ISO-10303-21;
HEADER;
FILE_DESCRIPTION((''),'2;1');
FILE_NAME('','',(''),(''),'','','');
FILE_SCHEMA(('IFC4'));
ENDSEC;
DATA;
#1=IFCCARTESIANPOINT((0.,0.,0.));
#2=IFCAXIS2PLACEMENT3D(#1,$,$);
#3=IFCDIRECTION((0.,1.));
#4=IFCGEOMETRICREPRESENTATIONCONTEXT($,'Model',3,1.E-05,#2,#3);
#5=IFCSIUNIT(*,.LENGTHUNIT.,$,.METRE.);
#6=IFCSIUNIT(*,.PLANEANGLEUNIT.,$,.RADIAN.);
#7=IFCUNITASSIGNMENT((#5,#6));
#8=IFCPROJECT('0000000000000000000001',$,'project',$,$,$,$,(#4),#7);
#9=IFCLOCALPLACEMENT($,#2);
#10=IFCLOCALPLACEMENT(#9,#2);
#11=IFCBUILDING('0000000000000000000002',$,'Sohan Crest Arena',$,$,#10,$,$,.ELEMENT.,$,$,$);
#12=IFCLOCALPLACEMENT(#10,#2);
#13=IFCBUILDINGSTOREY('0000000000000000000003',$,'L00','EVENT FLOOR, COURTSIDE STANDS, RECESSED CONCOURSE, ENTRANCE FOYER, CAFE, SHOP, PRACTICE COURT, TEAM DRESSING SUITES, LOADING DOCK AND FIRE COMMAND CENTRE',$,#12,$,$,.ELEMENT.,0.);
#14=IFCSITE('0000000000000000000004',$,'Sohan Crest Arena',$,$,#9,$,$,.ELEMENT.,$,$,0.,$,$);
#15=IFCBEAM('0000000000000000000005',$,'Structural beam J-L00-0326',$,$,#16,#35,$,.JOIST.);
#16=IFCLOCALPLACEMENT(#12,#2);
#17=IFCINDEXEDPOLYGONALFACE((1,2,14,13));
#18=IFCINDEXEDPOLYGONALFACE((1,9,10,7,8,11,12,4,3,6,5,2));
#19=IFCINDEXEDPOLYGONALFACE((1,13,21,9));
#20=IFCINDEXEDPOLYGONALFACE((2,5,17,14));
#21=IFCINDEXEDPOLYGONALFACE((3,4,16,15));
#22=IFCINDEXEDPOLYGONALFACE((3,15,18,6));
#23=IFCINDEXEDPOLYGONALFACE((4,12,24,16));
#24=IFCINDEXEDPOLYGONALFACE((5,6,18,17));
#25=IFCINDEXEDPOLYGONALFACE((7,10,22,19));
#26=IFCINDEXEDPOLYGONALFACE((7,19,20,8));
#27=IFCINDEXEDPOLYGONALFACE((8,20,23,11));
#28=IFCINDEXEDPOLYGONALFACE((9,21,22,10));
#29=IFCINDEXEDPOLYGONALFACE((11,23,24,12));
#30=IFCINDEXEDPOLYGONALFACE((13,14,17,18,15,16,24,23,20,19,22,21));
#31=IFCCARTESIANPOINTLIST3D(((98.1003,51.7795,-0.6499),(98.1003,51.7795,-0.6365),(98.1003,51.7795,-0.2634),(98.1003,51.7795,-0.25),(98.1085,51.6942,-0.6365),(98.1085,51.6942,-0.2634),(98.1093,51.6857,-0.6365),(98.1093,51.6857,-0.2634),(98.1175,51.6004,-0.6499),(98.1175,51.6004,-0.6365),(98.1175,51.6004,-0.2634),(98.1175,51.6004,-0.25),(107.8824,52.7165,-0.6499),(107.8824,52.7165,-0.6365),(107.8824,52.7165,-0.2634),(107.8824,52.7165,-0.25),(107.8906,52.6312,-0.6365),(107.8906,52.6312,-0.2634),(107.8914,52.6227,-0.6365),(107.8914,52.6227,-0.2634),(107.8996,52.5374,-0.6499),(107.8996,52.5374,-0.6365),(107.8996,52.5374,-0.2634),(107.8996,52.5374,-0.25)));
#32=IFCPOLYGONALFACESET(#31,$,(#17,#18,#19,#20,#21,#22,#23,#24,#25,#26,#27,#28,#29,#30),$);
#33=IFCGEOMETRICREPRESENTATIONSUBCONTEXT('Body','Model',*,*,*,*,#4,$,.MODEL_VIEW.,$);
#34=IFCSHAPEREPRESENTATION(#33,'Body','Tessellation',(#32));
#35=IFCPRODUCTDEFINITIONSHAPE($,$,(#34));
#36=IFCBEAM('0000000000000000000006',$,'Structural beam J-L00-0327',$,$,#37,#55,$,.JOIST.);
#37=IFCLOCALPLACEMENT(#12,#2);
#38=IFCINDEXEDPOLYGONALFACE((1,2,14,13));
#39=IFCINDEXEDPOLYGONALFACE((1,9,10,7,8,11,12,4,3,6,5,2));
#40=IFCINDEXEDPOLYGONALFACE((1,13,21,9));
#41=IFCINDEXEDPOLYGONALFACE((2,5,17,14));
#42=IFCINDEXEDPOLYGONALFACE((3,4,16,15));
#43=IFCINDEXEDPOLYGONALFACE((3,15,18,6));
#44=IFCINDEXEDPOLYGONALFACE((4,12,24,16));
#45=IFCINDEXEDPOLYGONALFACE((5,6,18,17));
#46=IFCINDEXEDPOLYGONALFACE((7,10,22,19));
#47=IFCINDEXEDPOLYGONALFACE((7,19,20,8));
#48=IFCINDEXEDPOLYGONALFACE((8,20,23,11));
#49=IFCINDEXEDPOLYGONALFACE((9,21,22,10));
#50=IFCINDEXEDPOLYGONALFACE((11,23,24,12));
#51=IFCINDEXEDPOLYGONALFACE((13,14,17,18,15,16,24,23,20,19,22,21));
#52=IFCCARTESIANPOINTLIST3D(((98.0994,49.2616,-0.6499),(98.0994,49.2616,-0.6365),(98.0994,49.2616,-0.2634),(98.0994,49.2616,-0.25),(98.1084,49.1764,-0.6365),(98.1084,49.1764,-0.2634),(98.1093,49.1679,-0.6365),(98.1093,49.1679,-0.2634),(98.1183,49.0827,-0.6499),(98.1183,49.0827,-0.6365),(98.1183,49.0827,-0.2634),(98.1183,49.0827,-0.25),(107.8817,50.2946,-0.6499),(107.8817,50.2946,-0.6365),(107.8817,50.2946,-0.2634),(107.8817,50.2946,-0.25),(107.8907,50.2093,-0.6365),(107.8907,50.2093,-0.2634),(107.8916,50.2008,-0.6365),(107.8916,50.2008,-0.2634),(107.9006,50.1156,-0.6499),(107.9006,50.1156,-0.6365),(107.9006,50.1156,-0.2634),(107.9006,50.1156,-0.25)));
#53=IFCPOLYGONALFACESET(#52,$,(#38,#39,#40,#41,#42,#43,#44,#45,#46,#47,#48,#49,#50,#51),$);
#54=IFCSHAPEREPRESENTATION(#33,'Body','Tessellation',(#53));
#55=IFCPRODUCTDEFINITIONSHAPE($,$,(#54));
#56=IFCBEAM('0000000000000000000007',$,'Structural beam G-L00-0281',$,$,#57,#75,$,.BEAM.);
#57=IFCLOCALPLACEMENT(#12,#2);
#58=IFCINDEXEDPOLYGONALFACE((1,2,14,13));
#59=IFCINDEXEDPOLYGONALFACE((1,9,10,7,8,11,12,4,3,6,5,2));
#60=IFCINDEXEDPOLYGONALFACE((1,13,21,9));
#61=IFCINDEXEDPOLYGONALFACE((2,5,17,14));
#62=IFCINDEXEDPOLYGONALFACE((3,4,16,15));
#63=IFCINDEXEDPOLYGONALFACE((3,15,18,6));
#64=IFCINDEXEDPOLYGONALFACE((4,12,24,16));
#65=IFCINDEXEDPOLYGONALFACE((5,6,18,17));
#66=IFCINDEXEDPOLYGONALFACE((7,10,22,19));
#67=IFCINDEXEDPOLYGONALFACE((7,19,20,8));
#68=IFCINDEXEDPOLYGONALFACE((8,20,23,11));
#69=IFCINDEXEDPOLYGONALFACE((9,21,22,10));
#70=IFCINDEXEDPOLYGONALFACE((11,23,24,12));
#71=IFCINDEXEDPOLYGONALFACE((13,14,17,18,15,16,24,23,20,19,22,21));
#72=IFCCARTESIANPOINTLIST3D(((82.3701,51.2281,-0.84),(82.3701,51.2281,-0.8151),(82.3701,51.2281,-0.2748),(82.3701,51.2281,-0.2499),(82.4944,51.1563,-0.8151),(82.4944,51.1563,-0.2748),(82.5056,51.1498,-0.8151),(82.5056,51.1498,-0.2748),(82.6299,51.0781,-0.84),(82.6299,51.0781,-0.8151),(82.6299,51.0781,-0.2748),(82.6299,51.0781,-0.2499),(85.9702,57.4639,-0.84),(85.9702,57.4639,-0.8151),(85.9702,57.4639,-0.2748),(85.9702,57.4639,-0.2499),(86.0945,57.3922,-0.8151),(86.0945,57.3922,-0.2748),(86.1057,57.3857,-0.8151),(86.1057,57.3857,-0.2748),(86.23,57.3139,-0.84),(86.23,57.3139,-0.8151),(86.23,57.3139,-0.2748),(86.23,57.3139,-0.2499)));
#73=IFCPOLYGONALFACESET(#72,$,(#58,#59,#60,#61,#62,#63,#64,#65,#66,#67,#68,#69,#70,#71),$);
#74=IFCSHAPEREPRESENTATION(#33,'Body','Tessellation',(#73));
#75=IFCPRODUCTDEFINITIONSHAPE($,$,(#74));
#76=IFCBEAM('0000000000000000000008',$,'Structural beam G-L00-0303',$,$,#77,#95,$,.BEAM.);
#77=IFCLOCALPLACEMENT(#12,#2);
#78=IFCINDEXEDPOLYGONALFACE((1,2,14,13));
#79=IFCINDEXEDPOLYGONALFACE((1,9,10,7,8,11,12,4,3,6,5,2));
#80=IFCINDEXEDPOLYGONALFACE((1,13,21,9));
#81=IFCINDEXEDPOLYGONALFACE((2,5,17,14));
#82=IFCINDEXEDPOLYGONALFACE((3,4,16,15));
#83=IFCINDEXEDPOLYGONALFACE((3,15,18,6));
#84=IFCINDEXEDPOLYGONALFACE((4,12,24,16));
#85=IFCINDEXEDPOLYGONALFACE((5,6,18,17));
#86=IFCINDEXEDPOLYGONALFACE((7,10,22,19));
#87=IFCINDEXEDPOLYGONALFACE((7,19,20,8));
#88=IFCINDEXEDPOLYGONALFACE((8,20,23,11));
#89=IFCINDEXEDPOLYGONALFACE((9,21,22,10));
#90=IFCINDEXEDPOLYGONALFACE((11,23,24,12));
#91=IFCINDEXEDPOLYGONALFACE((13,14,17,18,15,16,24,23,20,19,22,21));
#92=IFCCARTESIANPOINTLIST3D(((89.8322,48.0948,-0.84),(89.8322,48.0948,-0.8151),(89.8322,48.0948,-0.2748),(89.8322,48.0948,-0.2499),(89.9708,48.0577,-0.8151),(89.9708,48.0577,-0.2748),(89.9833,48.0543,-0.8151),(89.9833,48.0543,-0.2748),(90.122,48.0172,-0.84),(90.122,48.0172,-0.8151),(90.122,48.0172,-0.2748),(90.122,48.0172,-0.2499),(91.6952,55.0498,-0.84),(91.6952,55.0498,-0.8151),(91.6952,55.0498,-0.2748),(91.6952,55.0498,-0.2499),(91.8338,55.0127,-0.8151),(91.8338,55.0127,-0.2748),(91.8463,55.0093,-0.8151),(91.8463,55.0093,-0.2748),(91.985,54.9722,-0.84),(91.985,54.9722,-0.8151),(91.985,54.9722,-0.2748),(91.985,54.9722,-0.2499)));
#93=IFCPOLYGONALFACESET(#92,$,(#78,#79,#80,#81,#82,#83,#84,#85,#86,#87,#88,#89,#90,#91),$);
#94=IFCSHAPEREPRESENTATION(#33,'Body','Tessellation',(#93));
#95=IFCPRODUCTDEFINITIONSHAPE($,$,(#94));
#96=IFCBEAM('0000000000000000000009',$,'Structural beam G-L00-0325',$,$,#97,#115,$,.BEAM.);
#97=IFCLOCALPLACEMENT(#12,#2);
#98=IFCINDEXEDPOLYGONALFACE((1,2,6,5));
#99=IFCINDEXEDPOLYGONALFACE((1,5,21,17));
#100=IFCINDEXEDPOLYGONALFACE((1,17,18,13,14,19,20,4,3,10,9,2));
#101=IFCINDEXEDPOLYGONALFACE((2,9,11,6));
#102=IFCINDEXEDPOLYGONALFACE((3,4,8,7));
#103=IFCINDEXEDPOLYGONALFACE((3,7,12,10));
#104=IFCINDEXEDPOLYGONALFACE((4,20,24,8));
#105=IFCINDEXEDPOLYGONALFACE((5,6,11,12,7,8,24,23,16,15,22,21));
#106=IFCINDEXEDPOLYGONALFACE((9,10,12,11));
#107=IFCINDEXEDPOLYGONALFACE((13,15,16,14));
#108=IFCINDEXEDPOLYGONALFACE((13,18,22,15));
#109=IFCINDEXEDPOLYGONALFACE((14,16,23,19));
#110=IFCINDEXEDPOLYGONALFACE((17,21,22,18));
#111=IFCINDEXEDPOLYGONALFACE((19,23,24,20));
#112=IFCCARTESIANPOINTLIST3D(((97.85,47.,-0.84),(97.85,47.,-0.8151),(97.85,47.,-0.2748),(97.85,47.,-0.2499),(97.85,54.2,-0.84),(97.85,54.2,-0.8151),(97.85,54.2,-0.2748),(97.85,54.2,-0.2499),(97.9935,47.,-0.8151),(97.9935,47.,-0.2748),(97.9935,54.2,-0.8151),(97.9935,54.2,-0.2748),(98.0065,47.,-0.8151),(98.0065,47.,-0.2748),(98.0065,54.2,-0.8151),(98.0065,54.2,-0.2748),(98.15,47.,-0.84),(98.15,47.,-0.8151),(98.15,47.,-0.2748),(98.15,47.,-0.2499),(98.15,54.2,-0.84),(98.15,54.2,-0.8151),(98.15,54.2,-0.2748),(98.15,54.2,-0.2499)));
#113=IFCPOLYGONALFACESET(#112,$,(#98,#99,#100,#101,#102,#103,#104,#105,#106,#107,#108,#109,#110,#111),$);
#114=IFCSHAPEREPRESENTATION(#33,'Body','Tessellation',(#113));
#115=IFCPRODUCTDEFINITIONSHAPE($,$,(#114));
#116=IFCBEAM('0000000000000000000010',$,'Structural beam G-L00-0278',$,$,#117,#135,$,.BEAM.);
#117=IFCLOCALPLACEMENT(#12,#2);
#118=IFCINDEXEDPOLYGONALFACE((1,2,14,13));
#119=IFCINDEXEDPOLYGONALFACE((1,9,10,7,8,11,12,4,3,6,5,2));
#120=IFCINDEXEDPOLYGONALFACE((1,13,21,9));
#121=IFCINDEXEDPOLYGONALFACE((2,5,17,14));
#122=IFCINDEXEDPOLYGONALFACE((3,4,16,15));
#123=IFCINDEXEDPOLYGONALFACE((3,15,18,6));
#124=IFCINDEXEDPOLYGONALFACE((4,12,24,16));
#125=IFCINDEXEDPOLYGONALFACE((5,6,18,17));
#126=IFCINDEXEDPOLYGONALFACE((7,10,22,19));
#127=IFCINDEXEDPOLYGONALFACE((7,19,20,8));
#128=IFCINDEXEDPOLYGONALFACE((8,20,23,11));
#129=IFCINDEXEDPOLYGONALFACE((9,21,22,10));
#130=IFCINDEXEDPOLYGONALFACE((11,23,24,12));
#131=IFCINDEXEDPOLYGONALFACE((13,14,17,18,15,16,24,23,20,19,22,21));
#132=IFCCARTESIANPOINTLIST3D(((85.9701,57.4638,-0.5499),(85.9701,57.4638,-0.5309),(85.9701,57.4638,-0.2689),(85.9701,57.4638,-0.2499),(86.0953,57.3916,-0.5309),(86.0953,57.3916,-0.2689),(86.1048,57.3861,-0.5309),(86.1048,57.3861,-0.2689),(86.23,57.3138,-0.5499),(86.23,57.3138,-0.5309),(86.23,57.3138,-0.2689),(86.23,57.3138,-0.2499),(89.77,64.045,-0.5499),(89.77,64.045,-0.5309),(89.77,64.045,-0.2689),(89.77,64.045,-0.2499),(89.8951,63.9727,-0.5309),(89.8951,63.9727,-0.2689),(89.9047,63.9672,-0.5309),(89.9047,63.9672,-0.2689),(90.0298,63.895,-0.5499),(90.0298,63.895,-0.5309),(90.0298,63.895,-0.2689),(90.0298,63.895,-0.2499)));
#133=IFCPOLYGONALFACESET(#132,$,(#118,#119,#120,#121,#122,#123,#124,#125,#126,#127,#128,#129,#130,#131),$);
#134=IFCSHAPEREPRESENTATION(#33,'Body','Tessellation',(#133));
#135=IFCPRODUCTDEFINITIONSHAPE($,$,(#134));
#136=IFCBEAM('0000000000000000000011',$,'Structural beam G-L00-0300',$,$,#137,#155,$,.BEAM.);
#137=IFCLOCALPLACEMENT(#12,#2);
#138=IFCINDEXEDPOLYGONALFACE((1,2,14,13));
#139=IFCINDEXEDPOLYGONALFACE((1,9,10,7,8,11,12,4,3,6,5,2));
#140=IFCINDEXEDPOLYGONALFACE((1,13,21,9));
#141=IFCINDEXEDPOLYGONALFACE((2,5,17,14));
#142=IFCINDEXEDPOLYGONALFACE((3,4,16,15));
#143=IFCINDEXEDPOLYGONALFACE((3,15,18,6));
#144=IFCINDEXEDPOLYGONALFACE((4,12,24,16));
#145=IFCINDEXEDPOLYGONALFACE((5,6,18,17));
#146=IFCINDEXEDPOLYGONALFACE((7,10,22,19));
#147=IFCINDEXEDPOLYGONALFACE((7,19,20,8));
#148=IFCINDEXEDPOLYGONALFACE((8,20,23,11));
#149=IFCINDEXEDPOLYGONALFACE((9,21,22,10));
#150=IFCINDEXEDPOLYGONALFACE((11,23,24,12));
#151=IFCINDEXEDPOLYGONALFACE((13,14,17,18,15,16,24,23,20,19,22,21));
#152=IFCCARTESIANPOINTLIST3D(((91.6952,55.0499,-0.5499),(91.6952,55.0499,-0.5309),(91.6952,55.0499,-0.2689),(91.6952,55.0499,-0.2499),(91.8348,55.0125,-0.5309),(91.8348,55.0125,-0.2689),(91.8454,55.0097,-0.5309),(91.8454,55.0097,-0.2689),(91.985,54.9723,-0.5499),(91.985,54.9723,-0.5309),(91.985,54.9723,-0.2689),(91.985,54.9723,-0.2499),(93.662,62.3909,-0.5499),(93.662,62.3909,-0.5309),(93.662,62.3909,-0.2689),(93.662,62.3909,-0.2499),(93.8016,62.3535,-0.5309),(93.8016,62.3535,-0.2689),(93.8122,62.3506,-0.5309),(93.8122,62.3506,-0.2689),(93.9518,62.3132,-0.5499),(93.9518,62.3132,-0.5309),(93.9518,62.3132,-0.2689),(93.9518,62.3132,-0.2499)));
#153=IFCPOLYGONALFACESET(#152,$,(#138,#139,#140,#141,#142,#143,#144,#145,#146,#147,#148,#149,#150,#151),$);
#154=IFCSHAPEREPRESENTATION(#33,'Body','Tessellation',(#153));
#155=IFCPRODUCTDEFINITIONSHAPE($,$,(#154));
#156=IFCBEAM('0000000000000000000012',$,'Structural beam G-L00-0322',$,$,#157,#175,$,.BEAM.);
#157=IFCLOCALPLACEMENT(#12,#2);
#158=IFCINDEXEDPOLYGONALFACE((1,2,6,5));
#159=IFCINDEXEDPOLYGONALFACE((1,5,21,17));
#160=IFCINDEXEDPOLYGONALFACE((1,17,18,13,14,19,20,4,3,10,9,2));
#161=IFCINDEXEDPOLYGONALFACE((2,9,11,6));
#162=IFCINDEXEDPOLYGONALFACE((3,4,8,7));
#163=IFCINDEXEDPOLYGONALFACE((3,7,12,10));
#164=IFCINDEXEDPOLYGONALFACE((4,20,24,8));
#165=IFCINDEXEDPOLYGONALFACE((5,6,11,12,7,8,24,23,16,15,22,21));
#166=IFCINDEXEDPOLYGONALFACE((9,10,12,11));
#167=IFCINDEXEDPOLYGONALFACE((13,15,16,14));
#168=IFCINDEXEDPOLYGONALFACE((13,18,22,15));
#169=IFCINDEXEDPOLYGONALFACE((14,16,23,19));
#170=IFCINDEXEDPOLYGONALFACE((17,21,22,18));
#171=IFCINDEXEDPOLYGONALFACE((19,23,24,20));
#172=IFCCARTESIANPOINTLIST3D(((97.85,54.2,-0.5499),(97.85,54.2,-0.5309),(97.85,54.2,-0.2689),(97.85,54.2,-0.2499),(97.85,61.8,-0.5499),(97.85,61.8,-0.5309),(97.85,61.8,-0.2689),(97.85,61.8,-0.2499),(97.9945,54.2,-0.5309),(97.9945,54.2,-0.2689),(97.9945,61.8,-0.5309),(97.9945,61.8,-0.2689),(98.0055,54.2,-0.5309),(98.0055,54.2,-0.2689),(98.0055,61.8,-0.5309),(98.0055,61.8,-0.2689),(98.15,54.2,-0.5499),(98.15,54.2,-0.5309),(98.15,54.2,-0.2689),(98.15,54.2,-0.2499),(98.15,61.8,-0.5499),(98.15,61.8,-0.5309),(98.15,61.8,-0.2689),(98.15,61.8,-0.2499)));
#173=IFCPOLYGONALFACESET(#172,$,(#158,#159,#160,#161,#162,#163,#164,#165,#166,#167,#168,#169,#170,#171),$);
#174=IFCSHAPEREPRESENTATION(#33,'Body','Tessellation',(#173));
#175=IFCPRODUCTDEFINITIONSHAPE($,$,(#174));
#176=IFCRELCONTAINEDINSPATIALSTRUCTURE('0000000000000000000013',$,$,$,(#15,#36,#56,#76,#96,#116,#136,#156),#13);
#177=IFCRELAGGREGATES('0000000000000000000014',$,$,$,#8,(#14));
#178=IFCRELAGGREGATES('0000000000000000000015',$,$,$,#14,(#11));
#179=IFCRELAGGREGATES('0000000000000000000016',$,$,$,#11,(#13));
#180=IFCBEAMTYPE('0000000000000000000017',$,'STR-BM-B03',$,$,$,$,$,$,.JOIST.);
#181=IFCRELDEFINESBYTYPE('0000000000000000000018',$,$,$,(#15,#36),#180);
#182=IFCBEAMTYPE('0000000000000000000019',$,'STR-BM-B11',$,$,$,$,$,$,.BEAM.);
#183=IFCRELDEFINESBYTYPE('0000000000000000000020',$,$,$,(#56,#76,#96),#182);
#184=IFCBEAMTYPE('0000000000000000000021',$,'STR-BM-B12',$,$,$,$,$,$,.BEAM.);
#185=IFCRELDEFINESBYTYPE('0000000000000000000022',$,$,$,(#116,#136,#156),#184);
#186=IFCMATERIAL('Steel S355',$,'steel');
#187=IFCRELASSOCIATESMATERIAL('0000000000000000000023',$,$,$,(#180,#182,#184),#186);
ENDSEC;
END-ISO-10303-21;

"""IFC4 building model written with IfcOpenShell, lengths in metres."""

from ifc_helpers import new_model, si_unit, direction, frame, origin, origin_2d, place, context, subcontext, project, spatial, i_section, extrude, material, material_profile, profile_set, type_object, element, save


model = new_model("IFC4")

# Units and contexts
model_context = context("Model", 3, precision=1e-05, world=origin(), true_north=direction((0.0, 1.0)))
body_context = subcontext(model_context, "Body", "Model", "MODEL_VIEW")
ifc_project = project(units=[si_unit("LENGTHUNIT", "METRE"), si_unit("PLANEANGLEUNIT", "RADIAN")], contexts=[model_context])

# Site, building, storey
site_placement = place(None, origin())
site = spatial("IfcSite", under=ifc_project, at=site_placement, Name="Sohan Crest Arena", CompositionType="ELEMENT", RefElevation=0.0)
building_placement = place(site_placement, origin())
building = spatial("IfcBuilding", under=site, at=building_placement, Name="Sohan Crest Arena", CompositionType="ELEMENT")
storey_placement = place(building_placement, origin())
storey = spatial("IfcBuildingStorey", under=building, at=storey_placement, Name="L00", Description="EVENT FLOOR, COURTSIDE STANDS, RECESSED CONCOURSE, ENTRANCE FOYER, CAFE, SHOP, PRACTICE COURT, TEAM DRESSING SUITES, LOADING DOCK AND FIRE COMMAND CENTRE", CompositionType="ELEMENT", Elevation=0.0)

# Beams
ifc_material_1 = material(Name="Steel S355", Category="steel")
ifc_material_profile_1 = material_profile(ifc_material_1, i_section(OverallWidth=0.1799, OverallDepth=0.3999, WebThickness=0.0085, FlangeThickness=0.0134, at=origin_2d()), Name="IPE 400")
ifc_profile_set_1 = profile_set([ifc_material_profile_1], Name="Steel S355")
beam_type_1 = type_object("IfcBeamType", Name="STR-BM-B03", PredefinedType="JOIST", material=ifc_profile_set_1)
beam_1_placement = place(storey_placement, frame((98.1089, 51.6899, -0.45), z_axis=(0.995444, 0.095351, 0.0), x_axis=(-0.095351, 0.995444, 0.0)))
element("IfcBeam", 1, at=beam_1_placement, inside=storey, type_object=beam_type_1, Name="Structural beam J-L00-0326", PredefinedType="JOIST", context=body_context, shape_type="SweptSolid", body=[
    extrude(i_section(OverallWidth=0.1799, OverallDepth=0.3999, WebThickness=0.0085, FlangeThickness=0.0134, at=origin_2d()), origin(), (0.0, 0.0, 1.0), 9.8269),
])
beam_2_placement = place(storey_placement, frame((98.1089, 49.1721, -0.45), z_axis=(0.994471, 0.105012, 0.0), x_axis=(-0.105012, 0.994471, 0.0)))
element("IfcBeam", 2, at=beam_2_placement, inside=storey, type_object=beam_type_1, Name="Structural beam J-L00-0327", PredefinedType="JOIST", context=body_context, shape_type="SweptSolid", body=[
    extrude(i_section(OverallWidth=0.1799, OverallDepth=0.3999, WebThickness=0.0085, FlangeThickness=0.0134, at=origin_2d()), origin(), (0.0, 0.0, 1.0), 9.8367),
])
ifc_material_profile_2 = material_profile(ifc_material_1, i_section(OverallWidth=0.3, OverallDepth=0.5901, WebThickness=0.0129, FlangeThickness=0.0249, at=origin_2d()), Name="HEA 600")
ifc_profile_set_2 = profile_set([ifc_material_profile_2], Name="Steel S355")
beam_type_2 = type_object("IfcBeamType", Name="STR-BM-B11", PredefinedType="BEAM", material=ifc_profile_set_2)
beam_3_placement = place(storey_placement, frame((86.1001, 57.3889, -0.5449), z_axis=(-0.499983, -0.866035, 0.0), x_axis=(0.866035, -0.499983, 0.0)))
element("IfcBeam", 3, at=beam_3_placement, inside=storey, type_object=beam_type_2, Name="Structural beam G-L00-0281", PredefinedType="BEAM", context=body_context, shape_type="SweptSolid", body=[
    extrude(i_section(OverallWidth=0.3, OverallDepth=0.5901, WebThickness=0.0129, FlangeThickness=0.0249, at=origin_2d()), origin(), (0.0, 0.0, 1.0), 7.2004),
])
beam_4_placement = place(storey_placement, frame((91.8401, 55.011, -0.5449), z_axis=(-0.258745, -0.965946, 0.0), x_axis=(0.965946, -0.258745, 0.0)))
element("IfcBeam", 4, at=beam_4_placement, inside=storey, type_object=beam_type_2, Name="Structural beam G-L00-0303", PredefinedType="BEAM", context=body_context, shape_type="SweptSolid", body=[
    extrude(i_section(OverallWidth=0.3, OverallDepth=0.5901, WebThickness=0.0129, FlangeThickness=0.0249, at=origin_2d()), origin(), (0.0, 0.0, 1.0), 7.2002),
])
beam_5_placement = place(storey_placement, frame((98.0, 54.2, -0.5449), z_axis=(0.0, -1.0, 0.0), x_axis=(1.0, 0.0, 0.0)))
element("IfcBeam", 5, at=beam_5_placement, inside=storey, type_object=beam_type_2, Name="Structural beam G-L00-0325", PredefinedType="BEAM", context=body_context, shape_type="SweptSolid", body=[
    extrude(i_section(OverallWidth=0.3, OverallDepth=0.5901, WebThickness=0.0129, FlangeThickness=0.0249, at=origin_2d()), origin(), (0.0, 0.0, 1.0), 7.2),
])
ifc_material_profile_3 = material_profile(ifc_material_1, i_section(OverallWidth=0.3, OverallDepth=0.3, WebThickness=0.011, FlangeThickness=0.019, at=origin_2d()), Name="HEB 300")
ifc_profile_set_3 = profile_set([ifc_material_profile_3], Name="Steel S355")
beam_type_3 = type_object("IfcBeamType", Name="STR-BM-B12", PredefinedType="BEAM", material=ifc_profile_set_3)
beam_6_placement = place(storey_placement, frame((89.8999, 63.97, -0.3999), z_axis=(-0.500023, -0.866012, 0.0), x_axis=(0.866012, -0.500023, 0.0)))
element("IfcBeam", 6, at=beam_6_placement, inside=storey, type_object=beam_type_3, Name="Structural beam G-L00-0278", PredefinedType="BEAM", context=body_context, shape_type="SweptSolid", body=[
    extrude(i_section(OverallWidth=0.3, OverallDepth=0.3, WebThickness=0.011, FlangeThickness=0.019, at=origin_2d()), origin(), (0.0, 0.0, 1.0), 7.5994),
])
beam_7_placement = place(storey_placement, frame((93.8069, 62.3521, -0.3999), z_axis=(-0.25879, -0.965934, 0.0), x_axis=(0.965934, -0.25879, 0.0)))
element("IfcBeam", 7, at=beam_7_placement, inside=storey, type_object=beam_type_3, Name="Structural beam G-L00-0300", PredefinedType="BEAM", context=body_context, shape_type="SweptSolid", body=[
    extrude(i_section(OverallWidth=0.3, OverallDepth=0.3, WebThickness=0.011, FlangeThickness=0.019, at=origin_2d()), origin(), (0.0, 0.0, 1.0), 7.5999),
])
beam_8_placement = place(storey_placement, frame((98.0, 61.8, -0.3999), z_axis=(0.0, -1.0, 0.0), x_axis=(1.0, 0.0, 0.0)))
element("IfcBeam", 8, at=beam_8_placement, inside=storey, type_object=beam_type_3, Name="Structural beam G-L00-0322", PredefinedType="BEAM", context=body_context, shape_type="SweptSolid", body=[
    extrude(i_section(OverallWidth=0.3, OverallDepth=0.3, WebThickness=0.011, FlangeThickness=0.019, at=origin_2d()), origin(), (0.0, 0.0, 1.0), 7.6001),
])

save(model, "model.ifc")
